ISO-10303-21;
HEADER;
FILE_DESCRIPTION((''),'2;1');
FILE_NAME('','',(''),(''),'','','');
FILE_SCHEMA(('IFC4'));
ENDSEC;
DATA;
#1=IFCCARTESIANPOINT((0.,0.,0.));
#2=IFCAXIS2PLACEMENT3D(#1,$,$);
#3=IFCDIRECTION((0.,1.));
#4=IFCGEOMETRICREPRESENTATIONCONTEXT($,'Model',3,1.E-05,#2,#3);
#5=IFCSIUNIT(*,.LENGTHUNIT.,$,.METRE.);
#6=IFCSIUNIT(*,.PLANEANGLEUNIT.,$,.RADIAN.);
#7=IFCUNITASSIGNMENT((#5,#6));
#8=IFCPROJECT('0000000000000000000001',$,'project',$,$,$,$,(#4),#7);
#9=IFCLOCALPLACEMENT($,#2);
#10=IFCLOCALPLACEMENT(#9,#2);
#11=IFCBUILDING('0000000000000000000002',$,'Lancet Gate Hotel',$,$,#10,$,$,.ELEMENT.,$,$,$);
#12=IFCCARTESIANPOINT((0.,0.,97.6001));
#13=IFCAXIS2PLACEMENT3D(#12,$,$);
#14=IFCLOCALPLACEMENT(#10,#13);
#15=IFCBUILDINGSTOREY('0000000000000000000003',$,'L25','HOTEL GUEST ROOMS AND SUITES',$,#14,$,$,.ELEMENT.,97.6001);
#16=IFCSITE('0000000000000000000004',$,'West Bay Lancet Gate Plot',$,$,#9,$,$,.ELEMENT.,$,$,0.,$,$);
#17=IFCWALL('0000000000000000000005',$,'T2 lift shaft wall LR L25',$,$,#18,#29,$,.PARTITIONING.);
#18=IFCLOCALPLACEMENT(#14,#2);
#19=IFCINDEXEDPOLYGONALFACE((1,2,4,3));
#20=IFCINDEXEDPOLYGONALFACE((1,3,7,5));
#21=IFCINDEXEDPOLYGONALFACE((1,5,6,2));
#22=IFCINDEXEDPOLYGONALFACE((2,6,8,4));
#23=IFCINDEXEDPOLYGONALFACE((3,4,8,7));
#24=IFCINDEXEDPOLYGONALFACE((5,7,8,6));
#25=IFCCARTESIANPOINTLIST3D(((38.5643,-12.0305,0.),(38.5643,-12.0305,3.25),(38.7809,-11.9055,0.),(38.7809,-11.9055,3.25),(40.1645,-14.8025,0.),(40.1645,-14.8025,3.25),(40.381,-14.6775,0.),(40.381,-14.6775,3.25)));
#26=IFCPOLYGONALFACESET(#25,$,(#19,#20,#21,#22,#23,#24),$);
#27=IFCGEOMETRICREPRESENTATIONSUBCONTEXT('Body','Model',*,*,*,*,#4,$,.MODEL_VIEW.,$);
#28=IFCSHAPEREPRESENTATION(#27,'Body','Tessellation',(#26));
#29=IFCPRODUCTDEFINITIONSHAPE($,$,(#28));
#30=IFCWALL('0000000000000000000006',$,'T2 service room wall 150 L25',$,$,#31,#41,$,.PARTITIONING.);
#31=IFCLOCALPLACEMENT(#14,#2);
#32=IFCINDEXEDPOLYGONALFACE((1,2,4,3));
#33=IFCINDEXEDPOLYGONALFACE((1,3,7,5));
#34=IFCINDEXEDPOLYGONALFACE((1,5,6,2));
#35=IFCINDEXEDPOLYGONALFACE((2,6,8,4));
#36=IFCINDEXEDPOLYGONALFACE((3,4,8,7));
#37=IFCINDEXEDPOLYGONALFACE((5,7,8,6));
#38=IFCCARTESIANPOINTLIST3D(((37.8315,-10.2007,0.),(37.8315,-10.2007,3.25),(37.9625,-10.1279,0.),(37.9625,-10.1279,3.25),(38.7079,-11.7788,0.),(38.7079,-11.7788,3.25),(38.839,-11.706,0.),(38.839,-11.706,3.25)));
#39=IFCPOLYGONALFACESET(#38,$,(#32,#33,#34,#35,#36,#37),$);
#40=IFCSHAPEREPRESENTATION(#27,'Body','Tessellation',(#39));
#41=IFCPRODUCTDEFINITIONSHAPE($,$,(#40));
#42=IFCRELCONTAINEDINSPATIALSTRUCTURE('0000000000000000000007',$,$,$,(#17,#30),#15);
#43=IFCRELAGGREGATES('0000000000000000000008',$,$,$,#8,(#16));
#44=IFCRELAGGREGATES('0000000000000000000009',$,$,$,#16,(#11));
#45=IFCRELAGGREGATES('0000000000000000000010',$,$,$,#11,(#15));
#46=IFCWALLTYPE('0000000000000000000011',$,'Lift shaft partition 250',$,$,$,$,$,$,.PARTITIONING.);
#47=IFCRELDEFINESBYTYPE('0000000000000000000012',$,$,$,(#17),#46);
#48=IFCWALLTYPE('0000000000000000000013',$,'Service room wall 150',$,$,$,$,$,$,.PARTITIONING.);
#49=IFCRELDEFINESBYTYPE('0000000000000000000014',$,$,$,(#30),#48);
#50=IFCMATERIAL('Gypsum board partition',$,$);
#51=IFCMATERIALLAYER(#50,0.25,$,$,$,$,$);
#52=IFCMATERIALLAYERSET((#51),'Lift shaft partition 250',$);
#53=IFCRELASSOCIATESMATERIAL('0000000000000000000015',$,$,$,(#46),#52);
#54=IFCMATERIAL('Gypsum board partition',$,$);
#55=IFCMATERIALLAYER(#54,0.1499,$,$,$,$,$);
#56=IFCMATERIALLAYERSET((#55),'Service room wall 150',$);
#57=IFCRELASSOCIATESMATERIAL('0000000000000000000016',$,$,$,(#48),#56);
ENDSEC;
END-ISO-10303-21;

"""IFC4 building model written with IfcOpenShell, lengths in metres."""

from ifc_helpers import new_model, si_unit, direction, frame, frame_2d, origin, place, context, subcontext, project, spatial, rectangle, extrude, material, layer, layer_set, type_object, element, save


model = new_model("IFC4")

# Units and contexts
model_context = context("Model", 3, precision=1e-05, world=origin(), true_north=direction((0.0, 1.0)))
body_context = subcontext(model_context, "Body", "Model", "MODEL_VIEW")
ifc_project = project(units=[si_unit("LENGTHUNIT", "METRE"), si_unit("PLANEANGLEUNIT", "RADIAN")], contexts=[model_context])

# Site, building, storey
site_placement = place(None, origin())
site = spatial("IfcSite", under=ifc_project, at=site_placement, Name="West Bay Lancet Gate Plot", CompositionType="ELEMENT", RefElevation=0.0)
building_placement = place(site_placement, origin())
building = spatial("IfcBuilding", under=site, at=building_placement, Name="Lancet Gate Hotel", CompositionType="ELEMENT")
storey_placement = place(building_placement, frame((0.0, 0.0, 97.6001)))
storey = spatial("IfcBuildingStorey", under=building, at=storey_placement, Name="L25", Description="HOTEL GUEST ROOMS AND SUITES", CompositionType="ELEMENT", Elevation=97.6001)

# Walls
ifc_material_1 = material(Name="Gypsum board partition")
ifc_layer_1 = layer(ifc_material_1, 0.25)
ifc_layer_set_1 = layer_set([ifc_layer_1], Name="Lift shaft partition 250")
wall_type_1 = type_object("IfcWallType", Name="Lift shaft partition 250", PredefinedType="PARTITIONING", material=ifc_layer_set_1)
wall_1_placement = place(storey_placement, frame((38.6726, -11.968, 0.0), z_axis=(0.0, 0.0, 1.0), x_axis=(0.499929, -0.866066, 0.0)))
element("IfcWall", 1, at=wall_1_placement, inside=storey, type_object=wall_type_1, Name="T2 lift shaft wall LR L25", PredefinedType="PARTITIONING", context=body_context, shape_type="SweptSolid", body=[
    extrude(rectangle(XDim=3.2007, YDim=0.25, at=frame_2d((1.6003, 0.0))), origin(), (0.0, 0.0, 1.0), 3.25),
])
ifc_material_2 = material(Name="Gypsum board partition")
ifc_layer_2 = layer(ifc_material_2, 0.1499)
ifc_layer_set_2 = layer_set([ifc_layer_2], Name="Service room wall 150")
wall_type_2 = type_object("IfcWallType", Name="Service room wall 150", PredefinedType="PARTITIONING", material=ifc_layer_set_2)
wall_2_placement = place(storey_placement, frame((38.7734, -11.7424, 0.0), z_axis=(0.0, 0.0, 1.0), x_axis=(-0.485528, 0.874221, 0.0)))
element("IfcWall", 2, at=wall_2_placement, inside=storey, type_object=wall_type_2, Name="T2 service room wall 150 L25", PredefinedType="PARTITIONING", context=body_context, shape_type="SweptSolid", body=[
    extrude(rectangle(XDim=1.8052, YDim=0.1499, at=frame_2d((0.9026, 0.0))), origin(), (0.0, 0.0, 1.0), 3.25),
])

save(model, "model.ifc")
